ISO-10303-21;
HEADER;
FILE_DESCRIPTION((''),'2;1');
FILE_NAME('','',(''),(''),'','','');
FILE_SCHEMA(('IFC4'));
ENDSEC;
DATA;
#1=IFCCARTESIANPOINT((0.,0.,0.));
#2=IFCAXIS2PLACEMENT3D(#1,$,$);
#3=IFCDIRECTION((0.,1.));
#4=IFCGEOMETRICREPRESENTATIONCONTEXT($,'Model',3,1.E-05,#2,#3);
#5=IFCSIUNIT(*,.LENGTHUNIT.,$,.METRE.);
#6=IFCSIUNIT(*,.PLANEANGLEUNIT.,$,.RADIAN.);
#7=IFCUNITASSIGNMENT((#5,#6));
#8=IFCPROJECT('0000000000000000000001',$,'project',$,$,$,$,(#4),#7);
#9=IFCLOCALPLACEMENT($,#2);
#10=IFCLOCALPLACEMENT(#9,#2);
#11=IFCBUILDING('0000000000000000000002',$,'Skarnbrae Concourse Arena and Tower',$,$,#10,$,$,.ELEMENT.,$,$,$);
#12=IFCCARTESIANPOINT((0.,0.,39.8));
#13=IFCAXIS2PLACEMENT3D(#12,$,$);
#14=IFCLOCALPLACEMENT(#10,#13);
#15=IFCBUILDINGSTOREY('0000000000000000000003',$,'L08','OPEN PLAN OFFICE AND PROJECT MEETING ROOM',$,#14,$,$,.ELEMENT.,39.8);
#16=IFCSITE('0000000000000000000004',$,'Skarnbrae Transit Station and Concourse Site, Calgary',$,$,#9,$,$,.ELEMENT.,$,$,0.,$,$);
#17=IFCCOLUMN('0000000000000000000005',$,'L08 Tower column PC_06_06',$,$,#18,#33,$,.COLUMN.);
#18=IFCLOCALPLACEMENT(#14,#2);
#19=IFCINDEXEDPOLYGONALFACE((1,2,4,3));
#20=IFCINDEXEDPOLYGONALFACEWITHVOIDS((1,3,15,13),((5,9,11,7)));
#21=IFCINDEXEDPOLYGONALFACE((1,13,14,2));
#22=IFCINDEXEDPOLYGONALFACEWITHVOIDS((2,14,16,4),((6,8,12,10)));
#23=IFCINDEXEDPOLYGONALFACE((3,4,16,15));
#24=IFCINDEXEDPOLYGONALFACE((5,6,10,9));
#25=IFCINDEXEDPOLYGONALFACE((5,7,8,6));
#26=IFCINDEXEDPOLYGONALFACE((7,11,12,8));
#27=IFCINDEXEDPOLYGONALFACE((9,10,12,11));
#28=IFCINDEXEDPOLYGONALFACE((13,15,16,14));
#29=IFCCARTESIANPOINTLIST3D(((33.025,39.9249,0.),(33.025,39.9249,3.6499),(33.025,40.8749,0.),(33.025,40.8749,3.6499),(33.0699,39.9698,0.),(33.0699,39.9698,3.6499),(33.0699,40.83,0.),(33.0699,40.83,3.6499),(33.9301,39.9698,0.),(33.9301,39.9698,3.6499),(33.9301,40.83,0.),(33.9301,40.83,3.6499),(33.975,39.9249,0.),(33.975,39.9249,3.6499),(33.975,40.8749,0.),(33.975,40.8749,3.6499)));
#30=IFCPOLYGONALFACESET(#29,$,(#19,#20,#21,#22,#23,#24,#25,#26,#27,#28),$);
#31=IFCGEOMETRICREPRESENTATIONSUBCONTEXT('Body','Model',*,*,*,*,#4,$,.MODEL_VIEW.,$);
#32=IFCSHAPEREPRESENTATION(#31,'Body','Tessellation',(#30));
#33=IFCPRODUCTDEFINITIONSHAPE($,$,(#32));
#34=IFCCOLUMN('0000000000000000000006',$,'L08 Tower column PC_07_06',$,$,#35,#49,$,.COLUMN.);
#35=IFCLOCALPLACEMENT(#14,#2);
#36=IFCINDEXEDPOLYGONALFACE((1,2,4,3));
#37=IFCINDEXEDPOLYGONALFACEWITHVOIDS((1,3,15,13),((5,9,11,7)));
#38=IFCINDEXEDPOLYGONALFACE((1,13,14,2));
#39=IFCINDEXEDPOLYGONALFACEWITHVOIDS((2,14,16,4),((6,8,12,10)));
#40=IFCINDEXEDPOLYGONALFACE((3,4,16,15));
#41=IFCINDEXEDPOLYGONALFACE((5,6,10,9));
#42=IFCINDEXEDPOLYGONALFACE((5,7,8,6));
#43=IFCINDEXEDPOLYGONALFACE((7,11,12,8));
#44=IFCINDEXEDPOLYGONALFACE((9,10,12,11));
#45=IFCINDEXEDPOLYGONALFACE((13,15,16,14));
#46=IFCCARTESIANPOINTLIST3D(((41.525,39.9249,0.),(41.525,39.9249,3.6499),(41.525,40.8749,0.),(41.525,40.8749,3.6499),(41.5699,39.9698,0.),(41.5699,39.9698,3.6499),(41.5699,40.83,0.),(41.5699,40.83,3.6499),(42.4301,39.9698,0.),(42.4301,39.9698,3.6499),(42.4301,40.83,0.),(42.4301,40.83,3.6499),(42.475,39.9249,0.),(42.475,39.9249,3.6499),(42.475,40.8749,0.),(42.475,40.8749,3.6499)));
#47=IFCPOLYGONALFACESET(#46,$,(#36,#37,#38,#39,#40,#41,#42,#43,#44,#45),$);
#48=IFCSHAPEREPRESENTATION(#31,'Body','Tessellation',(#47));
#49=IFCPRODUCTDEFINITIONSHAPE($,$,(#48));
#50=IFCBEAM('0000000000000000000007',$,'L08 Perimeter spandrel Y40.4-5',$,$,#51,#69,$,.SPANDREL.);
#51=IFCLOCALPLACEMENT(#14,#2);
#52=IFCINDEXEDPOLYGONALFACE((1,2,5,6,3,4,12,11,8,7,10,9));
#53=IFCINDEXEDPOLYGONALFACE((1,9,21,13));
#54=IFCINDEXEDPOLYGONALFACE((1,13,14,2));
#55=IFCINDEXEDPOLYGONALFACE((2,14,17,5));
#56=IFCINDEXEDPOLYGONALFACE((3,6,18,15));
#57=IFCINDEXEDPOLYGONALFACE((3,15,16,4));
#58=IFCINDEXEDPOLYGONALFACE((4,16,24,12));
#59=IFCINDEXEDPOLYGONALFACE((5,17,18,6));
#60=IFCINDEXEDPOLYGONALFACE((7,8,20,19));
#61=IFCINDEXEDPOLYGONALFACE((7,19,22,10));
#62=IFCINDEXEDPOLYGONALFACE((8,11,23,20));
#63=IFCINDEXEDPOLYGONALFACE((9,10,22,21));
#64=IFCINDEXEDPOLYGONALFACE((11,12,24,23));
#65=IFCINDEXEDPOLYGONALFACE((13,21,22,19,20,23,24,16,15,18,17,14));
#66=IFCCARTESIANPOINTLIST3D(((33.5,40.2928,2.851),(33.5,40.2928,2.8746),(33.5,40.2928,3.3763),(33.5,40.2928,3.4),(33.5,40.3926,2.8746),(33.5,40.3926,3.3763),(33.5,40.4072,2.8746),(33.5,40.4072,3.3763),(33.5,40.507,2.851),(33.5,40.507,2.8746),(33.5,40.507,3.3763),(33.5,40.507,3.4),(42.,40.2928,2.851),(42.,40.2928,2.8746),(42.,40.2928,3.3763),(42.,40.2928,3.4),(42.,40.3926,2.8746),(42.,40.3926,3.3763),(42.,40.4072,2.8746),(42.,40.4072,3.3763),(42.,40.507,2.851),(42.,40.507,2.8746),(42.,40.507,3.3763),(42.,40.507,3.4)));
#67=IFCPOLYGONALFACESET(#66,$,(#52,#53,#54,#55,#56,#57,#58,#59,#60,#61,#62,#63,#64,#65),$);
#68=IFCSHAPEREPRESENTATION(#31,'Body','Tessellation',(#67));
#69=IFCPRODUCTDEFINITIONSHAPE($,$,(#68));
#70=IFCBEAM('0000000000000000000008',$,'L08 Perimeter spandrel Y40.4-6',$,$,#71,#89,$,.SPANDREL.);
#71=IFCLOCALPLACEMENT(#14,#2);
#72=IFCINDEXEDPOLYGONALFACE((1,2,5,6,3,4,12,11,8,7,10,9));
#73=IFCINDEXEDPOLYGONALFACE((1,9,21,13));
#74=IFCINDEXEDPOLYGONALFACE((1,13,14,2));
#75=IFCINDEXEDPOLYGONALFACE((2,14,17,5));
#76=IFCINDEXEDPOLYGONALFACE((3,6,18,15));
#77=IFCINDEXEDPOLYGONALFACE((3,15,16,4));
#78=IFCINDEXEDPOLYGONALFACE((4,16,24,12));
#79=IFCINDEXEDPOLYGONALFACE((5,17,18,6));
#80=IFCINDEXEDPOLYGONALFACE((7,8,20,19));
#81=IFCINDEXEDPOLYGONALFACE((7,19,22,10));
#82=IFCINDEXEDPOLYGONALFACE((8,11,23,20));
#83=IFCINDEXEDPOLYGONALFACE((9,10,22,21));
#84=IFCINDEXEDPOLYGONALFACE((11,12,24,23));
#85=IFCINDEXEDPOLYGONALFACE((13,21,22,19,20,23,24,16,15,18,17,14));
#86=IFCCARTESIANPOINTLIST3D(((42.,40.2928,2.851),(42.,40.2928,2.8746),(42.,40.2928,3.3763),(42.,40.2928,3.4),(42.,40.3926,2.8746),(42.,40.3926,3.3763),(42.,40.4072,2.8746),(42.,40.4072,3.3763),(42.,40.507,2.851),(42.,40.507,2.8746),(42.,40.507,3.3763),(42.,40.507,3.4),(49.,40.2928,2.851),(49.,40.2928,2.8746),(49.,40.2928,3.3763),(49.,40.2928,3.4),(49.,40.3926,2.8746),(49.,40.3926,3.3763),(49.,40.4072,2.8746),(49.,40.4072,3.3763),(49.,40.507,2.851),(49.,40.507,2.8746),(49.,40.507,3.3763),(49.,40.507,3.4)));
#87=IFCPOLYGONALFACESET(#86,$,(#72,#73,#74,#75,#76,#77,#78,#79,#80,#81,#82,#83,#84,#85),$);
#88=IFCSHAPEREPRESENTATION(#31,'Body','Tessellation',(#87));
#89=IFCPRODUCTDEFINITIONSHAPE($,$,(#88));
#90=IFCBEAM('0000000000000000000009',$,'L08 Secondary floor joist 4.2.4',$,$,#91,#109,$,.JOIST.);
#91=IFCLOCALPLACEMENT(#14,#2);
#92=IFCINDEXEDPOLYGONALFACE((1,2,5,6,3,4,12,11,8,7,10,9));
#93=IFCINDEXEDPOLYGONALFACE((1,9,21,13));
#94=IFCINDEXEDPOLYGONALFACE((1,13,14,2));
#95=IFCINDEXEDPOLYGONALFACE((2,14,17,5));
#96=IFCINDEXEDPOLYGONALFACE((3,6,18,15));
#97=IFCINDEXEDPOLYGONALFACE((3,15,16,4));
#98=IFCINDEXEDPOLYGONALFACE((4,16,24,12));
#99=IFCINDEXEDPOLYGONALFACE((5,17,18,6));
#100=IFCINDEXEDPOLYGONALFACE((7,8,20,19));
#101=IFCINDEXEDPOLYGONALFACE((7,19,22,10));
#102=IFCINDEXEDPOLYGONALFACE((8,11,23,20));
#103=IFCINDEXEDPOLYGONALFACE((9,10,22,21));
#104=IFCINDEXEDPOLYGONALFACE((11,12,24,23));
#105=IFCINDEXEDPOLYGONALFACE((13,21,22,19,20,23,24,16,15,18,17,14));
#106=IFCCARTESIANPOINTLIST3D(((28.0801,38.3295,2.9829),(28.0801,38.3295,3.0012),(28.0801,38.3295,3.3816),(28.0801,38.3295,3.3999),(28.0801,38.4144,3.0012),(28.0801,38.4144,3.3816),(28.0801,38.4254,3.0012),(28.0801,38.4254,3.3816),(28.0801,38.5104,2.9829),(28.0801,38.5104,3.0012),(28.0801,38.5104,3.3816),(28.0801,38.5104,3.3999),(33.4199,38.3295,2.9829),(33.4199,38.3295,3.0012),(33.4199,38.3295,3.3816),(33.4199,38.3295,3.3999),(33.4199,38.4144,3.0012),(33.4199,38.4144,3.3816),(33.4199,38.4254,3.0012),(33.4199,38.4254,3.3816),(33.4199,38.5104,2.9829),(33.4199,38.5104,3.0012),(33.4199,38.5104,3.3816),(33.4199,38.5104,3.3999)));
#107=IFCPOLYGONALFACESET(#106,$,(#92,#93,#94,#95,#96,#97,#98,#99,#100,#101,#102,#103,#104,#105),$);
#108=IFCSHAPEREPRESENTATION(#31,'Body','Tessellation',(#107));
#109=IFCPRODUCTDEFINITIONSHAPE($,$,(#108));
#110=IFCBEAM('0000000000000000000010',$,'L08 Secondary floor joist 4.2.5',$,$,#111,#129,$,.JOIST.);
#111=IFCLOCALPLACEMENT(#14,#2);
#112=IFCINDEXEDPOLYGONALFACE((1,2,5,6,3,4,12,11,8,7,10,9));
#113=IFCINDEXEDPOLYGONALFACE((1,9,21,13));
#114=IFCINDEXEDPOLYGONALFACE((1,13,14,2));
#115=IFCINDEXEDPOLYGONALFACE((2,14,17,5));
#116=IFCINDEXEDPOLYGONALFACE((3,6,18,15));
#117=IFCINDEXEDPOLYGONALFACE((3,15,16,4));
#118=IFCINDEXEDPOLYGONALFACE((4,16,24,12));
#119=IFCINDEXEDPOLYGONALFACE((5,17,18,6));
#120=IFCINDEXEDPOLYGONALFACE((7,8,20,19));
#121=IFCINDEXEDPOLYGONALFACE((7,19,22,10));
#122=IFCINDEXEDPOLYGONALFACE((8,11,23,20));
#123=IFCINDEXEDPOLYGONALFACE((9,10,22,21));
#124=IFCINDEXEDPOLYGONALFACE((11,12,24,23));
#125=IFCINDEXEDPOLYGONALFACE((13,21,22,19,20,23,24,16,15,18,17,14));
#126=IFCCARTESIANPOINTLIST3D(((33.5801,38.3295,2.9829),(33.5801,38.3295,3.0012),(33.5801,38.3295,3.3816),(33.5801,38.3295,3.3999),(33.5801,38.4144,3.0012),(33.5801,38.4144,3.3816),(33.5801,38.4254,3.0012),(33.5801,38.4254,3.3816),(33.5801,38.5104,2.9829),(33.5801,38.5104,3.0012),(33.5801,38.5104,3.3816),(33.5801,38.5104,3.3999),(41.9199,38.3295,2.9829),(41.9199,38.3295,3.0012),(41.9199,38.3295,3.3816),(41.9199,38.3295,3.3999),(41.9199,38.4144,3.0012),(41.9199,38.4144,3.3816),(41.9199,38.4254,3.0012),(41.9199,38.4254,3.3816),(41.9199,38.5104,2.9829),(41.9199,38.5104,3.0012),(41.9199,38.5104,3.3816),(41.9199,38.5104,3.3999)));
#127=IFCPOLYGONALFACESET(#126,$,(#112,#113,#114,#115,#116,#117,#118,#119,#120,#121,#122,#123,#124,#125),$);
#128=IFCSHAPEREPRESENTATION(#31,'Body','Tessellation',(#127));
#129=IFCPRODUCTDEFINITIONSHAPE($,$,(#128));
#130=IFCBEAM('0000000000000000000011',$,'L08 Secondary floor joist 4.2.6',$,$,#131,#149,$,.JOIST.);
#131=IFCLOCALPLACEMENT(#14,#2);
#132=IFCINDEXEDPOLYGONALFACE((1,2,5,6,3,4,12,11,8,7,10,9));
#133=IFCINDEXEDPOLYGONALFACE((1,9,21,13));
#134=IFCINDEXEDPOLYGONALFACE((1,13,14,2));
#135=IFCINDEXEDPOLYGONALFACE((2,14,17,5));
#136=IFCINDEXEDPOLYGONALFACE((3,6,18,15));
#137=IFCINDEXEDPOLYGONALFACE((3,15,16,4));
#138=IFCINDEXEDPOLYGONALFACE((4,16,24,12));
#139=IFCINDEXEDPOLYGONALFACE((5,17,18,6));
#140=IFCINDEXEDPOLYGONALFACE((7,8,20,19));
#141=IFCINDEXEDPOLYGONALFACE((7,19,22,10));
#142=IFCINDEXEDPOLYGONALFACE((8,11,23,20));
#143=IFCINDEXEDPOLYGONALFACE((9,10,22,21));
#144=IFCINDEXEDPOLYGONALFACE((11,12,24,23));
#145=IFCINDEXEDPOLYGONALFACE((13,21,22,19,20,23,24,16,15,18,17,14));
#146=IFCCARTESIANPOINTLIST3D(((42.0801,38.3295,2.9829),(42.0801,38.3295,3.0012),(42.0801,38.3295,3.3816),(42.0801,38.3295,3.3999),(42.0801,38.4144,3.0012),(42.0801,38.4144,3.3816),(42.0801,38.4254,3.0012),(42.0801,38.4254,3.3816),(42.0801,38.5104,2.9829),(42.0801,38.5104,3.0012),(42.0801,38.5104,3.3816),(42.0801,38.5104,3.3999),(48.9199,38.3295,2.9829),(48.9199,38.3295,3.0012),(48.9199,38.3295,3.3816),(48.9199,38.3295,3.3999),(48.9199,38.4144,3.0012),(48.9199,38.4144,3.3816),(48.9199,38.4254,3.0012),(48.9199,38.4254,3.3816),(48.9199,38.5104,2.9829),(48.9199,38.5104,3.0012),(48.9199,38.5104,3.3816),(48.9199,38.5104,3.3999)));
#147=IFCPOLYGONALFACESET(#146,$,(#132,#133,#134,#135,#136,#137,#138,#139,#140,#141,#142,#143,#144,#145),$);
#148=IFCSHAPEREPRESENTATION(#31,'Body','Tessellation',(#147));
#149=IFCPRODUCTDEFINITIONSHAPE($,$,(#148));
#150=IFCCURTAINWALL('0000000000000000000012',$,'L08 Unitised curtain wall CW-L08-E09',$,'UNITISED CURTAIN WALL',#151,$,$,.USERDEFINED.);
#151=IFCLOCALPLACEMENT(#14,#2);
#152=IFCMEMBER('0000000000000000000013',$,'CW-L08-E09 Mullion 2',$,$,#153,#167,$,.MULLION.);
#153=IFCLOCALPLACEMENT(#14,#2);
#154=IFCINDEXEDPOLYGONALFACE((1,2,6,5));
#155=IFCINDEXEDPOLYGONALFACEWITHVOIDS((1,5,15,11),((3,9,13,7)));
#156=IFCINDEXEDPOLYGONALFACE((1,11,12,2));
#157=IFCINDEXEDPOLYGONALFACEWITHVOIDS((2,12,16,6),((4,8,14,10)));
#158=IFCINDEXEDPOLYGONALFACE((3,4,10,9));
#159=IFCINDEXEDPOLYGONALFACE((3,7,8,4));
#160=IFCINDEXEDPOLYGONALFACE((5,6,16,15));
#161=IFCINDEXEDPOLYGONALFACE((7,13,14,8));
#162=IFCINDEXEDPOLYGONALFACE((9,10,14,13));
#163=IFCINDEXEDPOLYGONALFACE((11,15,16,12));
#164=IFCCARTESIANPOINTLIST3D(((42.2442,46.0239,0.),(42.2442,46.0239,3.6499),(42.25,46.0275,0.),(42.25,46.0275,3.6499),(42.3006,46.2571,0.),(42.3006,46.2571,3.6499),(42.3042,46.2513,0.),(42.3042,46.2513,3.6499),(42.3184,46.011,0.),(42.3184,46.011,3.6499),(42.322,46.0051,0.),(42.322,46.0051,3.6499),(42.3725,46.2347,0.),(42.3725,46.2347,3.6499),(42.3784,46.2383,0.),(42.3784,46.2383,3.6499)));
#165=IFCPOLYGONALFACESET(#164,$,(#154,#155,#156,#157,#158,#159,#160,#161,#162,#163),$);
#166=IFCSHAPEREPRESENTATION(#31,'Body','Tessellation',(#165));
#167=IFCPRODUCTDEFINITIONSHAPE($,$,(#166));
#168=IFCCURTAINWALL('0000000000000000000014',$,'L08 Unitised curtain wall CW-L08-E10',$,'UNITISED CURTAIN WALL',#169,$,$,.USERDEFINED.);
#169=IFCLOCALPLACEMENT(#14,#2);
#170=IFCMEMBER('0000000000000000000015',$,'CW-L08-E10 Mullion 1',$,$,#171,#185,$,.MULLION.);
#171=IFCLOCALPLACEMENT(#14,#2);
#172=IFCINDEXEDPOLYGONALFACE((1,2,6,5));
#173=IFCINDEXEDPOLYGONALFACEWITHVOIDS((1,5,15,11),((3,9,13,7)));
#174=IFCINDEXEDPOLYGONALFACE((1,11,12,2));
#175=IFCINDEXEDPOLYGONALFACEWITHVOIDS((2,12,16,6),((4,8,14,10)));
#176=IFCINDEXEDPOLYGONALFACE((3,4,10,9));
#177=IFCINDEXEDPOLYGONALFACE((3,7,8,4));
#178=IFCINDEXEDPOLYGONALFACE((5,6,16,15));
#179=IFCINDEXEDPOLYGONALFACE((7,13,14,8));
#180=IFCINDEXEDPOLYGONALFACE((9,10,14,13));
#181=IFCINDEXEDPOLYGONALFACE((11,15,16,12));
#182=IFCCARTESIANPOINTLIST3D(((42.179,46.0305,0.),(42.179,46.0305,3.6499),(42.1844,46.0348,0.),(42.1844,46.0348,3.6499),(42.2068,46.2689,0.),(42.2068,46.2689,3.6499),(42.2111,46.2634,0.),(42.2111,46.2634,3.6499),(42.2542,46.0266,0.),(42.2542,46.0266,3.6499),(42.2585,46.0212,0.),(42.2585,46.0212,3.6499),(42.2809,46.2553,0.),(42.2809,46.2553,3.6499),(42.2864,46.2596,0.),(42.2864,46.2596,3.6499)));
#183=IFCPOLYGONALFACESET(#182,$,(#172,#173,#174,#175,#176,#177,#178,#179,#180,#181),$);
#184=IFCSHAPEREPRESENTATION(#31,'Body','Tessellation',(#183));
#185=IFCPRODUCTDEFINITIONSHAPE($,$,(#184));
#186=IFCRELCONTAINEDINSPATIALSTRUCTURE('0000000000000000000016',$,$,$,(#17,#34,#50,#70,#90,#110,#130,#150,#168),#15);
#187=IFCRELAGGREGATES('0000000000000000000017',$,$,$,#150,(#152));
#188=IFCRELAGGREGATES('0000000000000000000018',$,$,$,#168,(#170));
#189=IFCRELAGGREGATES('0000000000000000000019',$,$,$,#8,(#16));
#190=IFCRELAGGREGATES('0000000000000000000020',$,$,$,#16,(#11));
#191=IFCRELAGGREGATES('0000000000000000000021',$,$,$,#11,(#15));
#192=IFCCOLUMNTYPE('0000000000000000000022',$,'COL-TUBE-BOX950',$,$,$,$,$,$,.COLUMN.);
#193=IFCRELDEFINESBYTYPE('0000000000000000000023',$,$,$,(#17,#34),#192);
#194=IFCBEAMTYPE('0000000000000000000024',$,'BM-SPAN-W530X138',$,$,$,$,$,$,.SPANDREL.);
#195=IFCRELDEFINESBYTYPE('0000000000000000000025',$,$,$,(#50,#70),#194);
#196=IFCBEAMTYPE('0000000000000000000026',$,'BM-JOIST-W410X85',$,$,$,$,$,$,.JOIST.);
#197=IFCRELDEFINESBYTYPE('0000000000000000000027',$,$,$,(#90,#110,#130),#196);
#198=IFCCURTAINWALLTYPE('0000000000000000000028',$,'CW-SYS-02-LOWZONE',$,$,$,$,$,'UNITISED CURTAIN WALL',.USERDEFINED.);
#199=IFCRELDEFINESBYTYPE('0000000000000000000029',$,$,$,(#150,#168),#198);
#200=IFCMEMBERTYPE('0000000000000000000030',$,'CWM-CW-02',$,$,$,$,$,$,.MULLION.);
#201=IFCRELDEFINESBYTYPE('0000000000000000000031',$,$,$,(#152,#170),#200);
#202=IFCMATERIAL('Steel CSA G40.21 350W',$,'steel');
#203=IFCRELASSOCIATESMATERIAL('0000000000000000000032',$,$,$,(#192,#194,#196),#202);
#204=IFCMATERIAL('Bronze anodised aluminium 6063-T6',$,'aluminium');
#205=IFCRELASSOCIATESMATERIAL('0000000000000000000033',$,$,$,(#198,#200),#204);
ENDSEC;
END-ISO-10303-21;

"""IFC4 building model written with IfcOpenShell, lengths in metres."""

from ifc_helpers import new_model, si_unit, direction, frame, origin, origin_2d, place, context, subcontext, project, spatial, hollow_rectangle, i_section, extrude, source, transform, mapped, material, material_profile, profile_set, type_object, element, aggregate, save


model = new_model("IFC4")

# Units and contexts
model_context = context("Model", 3, precision=1e-05, world=origin(), true_north=direction((0.0, 1.0)))
body_context = subcontext(model_context, "Body", "Model", "MODEL_VIEW")
ifc_project = project(units=[si_unit("LENGTHUNIT", "METRE"), si_unit("PLANEANGLEUNIT", "RADIAN")], contexts=[model_context])

# Site, building, storey
site_placement = place(None, origin())
site = spatial("IfcSite", under=ifc_project, at=site_placement, Name="Skarnbrae Transit Station and Concourse Site, Calgary", CompositionType="ELEMENT", RefElevation=0.0)
building_placement = place(site_placement, origin())
building = spatial("IfcBuilding", under=site, at=building_placement, Name="Skarnbrae Concourse Arena and Tower", CompositionType="ELEMENT")
storey_placement = place(building_placement, frame((0.0, 0.0, 39.8)))
storey = spatial("IfcBuildingStorey", under=building, at=storey_placement, Name="L08", Description="OPEN PLAN OFFICE AND PROJECT MEETING ROOM", CompositionType="ELEMENT", Elevation=39.8)

# Columns
ifc_material_1 = material(Name="Steel CSA G40.21 350W", Category="steel")
ifc_material_profile_1 = material_profile(ifc_material_1, hollow_rectangle(XDim=0.95, YDim=0.95, WallThickness=0.0449, at=origin_2d()), Name="BOX950X950X45")
ifc_profile_set_1 = profile_set([ifc_material_profile_1], Name="Steel CSA G40.21 350W")
column_type = type_object("IfcColumnType", Name="COL-TUBE-BOX950", PredefinedType="COLUMN", material=ifc_profile_set_1)
shared_shape_1 = source(origin(), body_context, "Body", "SweptSolid", [
    extrude(hollow_rectangle(XDim=0.95, YDim=0.95, WallThickness=0.0449, at=origin_2d()), origin(), (0.0, 0.0, 1.0), 3.6499),
])
for number, where, z_axis, x_axis, name in (
    (1, (33.5, 40.3999, 0.0), (0.0, 0.0, 1.0), (1.0, 0.0, 0.0), "L08 Tower column PC_06_06"),
    (2, (42.0, 40.3999, 0.0), (0.0, 0.0, 1.0), (1.0, 0.0, 0.0), "L08 Tower column PC_07_06"),
):
    element("IfcColumn", number, at=place(storey_placement, frame(where, z_axis=z_axis, x_axis=x_axis)), inside=storey, type_object=column_type, Name=name, PredefinedType="COLUMN", context=body_context, shape_type="MappedRepresentation", body=[
        mapped(shared_shape_1, transform((0.0, 0.0, 0.0))),
    ])

# Beams
ifc_material_profile_2 = material_profile(ifc_material_1, i_section(OverallWidth=0.2141, OverallDepth=0.5491, WebThickness=0.0146, FlangeThickness=0.0237, at=origin_2d()), Name="W530X138")
ifc_profile_set_2 = profile_set([ifc_material_profile_2], Name="Steel CSA G40.21 350W")
beam_type_1 = type_object("IfcBeamType", Name="BM-SPAN-W530X138", PredefinedType="SPANDREL", material=ifc_profile_set_2)
shared_shape_2 = source(origin(), body_context, "Body", "SweptSolid", [
    extrude(i_section(OverallWidth=0.2141, OverallDepth=0.5491, WebThickness=0.0146, FlangeThickness=0.0237, at=origin_2d()), origin(), (0.0, 0.0, 1.0), 8.5),
])
beam_1_placement = place(storey_placement, frame((33.5, 40.3999, 3.1255), z_axis=(1.0, 0.0, 0.0), x_axis=(0.0, 1.0, 0.0)))
element("IfcBeam", 3, at=beam_1_placement, inside=storey, type_object=beam_type_1, Name="L08 Perimeter spandrel Y40.4-5", PredefinedType="SPANDREL", context=body_context, shape_type="MappedRepresentation", body=[
    mapped(shared_shape_2, transform((0.0, 0.0, 0.0))),
])
shared_shape_3 = source(origin(), body_context, "Body", "SweptSolid", [
    extrude(i_section(OverallWidth=0.2141, OverallDepth=0.5491, WebThickness=0.0146, FlangeThickness=0.0237, at=origin_2d()), origin(), (0.0, 0.0, 1.0), 7.0),
])
beam_2_placement = place(storey_placement, frame((42.0, 40.3999, 3.1255), z_axis=(1.0, 0.0, 0.0), x_axis=(0.0, 1.0, 0.0)))
element("IfcBeam", 4, at=beam_2_placement, inside=storey, type_object=beam_type_1, Name="L08 Perimeter spandrel Y40.4-6", PredefinedType="SPANDREL", context=body_context, shape_type="MappedRepresentation", body=[
    mapped(shared_shape_3, transform((0.0, 0.0, 0.0))),
])
ifc_material_profile_3 = material_profile(ifc_material_1, i_section(OverallWidth=0.1809, OverallDepth=0.417, WebThickness=0.011, FlangeThickness=0.0183, at=origin_2d()), Name="W410X85")
ifc_profile_set_3 = profile_set([ifc_material_profile_3], Name="Steel CSA G40.21 350W")
beam_type_2 = type_object("IfcBeamType", Name="BM-JOIST-W410X85", PredefinedType="JOIST", material=ifc_profile_set_3)
shared_shape_4 = source(origin(), body_context, "Body", "SweptSolid", [
    extrude(i_section(OverallWidth=0.1809, OverallDepth=0.417, WebThickness=0.011, FlangeThickness=0.0183, at=origin_2d()), origin(), (0.0, 0.0, 1.0), 5.3398),
])
beam_3_placement = place(storey_placement, frame((28.0801, 38.4199, 3.1914), z_axis=(1.0, 0.0, 0.0), x_axis=(0.0, 1.0, 0.0)))
element("IfcBeam", 5, at=beam_3_placement, inside=storey, type_object=beam_type_2, Name="L08 Secondary floor joist 4.2.4", PredefinedType="JOIST", context=body_context, shape_type="MappedRepresentation", body=[
    mapped(shared_shape_4, transform((0.0, 0.0, 0.0))),
])
shared_shape_5 = source(origin(), body_context, "Body", "SweptSolid", [
    extrude(i_section(OverallWidth=0.1809, OverallDepth=0.417, WebThickness=0.011, FlangeThickness=0.0183, at=origin_2d()), origin(), (0.0, 0.0, 1.0), 8.3398),
])
beam_4_placement = place(storey_placement, frame((33.5801, 38.4199, 3.1914), z_axis=(1.0, 0.0, 0.0), x_axis=(0.0, 1.0, 0.0)))
element("IfcBeam", 6, at=beam_4_placement, inside=storey, type_object=beam_type_2, Name="L08 Secondary floor joist 4.2.5", PredefinedType="JOIST", context=body_context, shape_type="MappedRepresentation", body=[
    mapped(shared_shape_5, transform((0.0, 0.0, 0.0))),
])
shared_shape_6 = source(origin(), body_context, "Body", "SweptSolid", [
    extrude(i_section(OverallWidth=0.1809, OverallDepth=0.417, WebThickness=0.011, FlangeThickness=0.0183, at=origin_2d()), origin(), (0.0, 0.0, 1.0), 6.8398),
])
beam_5_placement = place(storey_placement, frame((42.0801, 38.4199, 3.1914), z_axis=(1.0, 0.0, 0.0), x_axis=(0.0, 1.0, 0.0)))
element("IfcBeam", 7, at=beam_5_placement, inside=storey, type_object=beam_type_2, Name="L08 Secondary floor joist 4.2.6", PredefinedType="JOIST", context=body_context, shape_type="MappedRepresentation", body=[
    mapped(shared_shape_6, transform((0.0, 0.0, 0.0))),
])

# Curtain wall, member
ifc_material_2 = material(Name="Bronze anodised aluminium 6063-T6", Category="aluminium")
curtain_wall_type = type_object("IfcCurtainWallType", Name="CW-SYS-02-LOWZONE", ElementType="UNITISED CURTAIN WALL", PredefinedType="USERDEFINED", material=ifc_material_2)
curtain_wall_1_placement = place(storey_placement, origin())
curtain_wall_1 = element("IfcCurtainWall", 8, at=curtain_wall_1_placement, inside=storey, type_object=curtain_wall_type, Name="L08 Unitised curtain wall CW-L08-E09", ObjectType="UNITISED CURTAIN WALL", PredefinedType="USERDEFINED")
ifc_material_profile_4 = material_profile(ifc_material_2, hollow_rectangle(XDim=0.0801, YDim=0.24, WallThickness=0.0049, at=origin_2d()), Name="ALU-MULL-80X240")
ifc_profile_set_4 = profile_set([ifc_material_profile_4], Name="Bronze anodised aluminium 6063-T6")
member_type_1 = type_object("IfcMemberType", Name="CWM-CW-02", PredefinedType="MULLION", material=ifc_profile_set_4)
shared_shape_7 = source(origin(), body_context, "Body", "SweptSolid", [
    extrude(hollow_rectangle(XDim=0.0801, YDim=0.24, WallThickness=0.0049, at=origin_2d()), origin(), (0.0, 0.0, 1.0), 3.6499),
])
member_1_placement = place(storey_placement, frame((42.3113, 46.1311, 0.0), z_axis=(0.0, 0.0, 1.0), x_axis=(-0.971974, 0.23509, 0.0)))
member_1 = element("IfcMember", 9, at=member_1_placement, type_object=member_type_1, Name="CW-L08-E09 Mullion 2", PredefinedType="MULLION", context=body_context, shape_type="MappedRepresentation", body=[
    mapped(shared_shape_7, transform((0.0, 0.0, 0.0))),
])
aggregate(curtain_wall_1, [member_1])

# Curtain wall, member
curtain_wall_2_placement = place(storey_placement, origin())
curtain_wall_2 = element("IfcCurtainWall", 10, at=curtain_wall_2_placement, inside=storey, type_object=curtain_wall_type, Name="L08 Unitised curtain wall CW-L08-E10", ObjectType="UNITISED CURTAIN WALL", PredefinedType="USERDEFINED")
member_2_placement = place(storey_placement, frame((42.2327, 46.145, 0.0), z_axis=(0.0, 0.0, 1.0), x_axis=(-0.993245, 0.11604, 0.0)))
member_2 = element("IfcMember", 11, at=member_2_placement, type_object=member_type_1, Name="CW-L08-E10 Mullion 1", PredefinedType="MULLION", context=body_context, shape_type="MappedRepresentation", body=[
    mapped(shared_shape_7, transform((0.0, 0.0, 0.0))),
])

aggregate(curtain_wall_2, [member_2])

save(model, "model.ifc")
